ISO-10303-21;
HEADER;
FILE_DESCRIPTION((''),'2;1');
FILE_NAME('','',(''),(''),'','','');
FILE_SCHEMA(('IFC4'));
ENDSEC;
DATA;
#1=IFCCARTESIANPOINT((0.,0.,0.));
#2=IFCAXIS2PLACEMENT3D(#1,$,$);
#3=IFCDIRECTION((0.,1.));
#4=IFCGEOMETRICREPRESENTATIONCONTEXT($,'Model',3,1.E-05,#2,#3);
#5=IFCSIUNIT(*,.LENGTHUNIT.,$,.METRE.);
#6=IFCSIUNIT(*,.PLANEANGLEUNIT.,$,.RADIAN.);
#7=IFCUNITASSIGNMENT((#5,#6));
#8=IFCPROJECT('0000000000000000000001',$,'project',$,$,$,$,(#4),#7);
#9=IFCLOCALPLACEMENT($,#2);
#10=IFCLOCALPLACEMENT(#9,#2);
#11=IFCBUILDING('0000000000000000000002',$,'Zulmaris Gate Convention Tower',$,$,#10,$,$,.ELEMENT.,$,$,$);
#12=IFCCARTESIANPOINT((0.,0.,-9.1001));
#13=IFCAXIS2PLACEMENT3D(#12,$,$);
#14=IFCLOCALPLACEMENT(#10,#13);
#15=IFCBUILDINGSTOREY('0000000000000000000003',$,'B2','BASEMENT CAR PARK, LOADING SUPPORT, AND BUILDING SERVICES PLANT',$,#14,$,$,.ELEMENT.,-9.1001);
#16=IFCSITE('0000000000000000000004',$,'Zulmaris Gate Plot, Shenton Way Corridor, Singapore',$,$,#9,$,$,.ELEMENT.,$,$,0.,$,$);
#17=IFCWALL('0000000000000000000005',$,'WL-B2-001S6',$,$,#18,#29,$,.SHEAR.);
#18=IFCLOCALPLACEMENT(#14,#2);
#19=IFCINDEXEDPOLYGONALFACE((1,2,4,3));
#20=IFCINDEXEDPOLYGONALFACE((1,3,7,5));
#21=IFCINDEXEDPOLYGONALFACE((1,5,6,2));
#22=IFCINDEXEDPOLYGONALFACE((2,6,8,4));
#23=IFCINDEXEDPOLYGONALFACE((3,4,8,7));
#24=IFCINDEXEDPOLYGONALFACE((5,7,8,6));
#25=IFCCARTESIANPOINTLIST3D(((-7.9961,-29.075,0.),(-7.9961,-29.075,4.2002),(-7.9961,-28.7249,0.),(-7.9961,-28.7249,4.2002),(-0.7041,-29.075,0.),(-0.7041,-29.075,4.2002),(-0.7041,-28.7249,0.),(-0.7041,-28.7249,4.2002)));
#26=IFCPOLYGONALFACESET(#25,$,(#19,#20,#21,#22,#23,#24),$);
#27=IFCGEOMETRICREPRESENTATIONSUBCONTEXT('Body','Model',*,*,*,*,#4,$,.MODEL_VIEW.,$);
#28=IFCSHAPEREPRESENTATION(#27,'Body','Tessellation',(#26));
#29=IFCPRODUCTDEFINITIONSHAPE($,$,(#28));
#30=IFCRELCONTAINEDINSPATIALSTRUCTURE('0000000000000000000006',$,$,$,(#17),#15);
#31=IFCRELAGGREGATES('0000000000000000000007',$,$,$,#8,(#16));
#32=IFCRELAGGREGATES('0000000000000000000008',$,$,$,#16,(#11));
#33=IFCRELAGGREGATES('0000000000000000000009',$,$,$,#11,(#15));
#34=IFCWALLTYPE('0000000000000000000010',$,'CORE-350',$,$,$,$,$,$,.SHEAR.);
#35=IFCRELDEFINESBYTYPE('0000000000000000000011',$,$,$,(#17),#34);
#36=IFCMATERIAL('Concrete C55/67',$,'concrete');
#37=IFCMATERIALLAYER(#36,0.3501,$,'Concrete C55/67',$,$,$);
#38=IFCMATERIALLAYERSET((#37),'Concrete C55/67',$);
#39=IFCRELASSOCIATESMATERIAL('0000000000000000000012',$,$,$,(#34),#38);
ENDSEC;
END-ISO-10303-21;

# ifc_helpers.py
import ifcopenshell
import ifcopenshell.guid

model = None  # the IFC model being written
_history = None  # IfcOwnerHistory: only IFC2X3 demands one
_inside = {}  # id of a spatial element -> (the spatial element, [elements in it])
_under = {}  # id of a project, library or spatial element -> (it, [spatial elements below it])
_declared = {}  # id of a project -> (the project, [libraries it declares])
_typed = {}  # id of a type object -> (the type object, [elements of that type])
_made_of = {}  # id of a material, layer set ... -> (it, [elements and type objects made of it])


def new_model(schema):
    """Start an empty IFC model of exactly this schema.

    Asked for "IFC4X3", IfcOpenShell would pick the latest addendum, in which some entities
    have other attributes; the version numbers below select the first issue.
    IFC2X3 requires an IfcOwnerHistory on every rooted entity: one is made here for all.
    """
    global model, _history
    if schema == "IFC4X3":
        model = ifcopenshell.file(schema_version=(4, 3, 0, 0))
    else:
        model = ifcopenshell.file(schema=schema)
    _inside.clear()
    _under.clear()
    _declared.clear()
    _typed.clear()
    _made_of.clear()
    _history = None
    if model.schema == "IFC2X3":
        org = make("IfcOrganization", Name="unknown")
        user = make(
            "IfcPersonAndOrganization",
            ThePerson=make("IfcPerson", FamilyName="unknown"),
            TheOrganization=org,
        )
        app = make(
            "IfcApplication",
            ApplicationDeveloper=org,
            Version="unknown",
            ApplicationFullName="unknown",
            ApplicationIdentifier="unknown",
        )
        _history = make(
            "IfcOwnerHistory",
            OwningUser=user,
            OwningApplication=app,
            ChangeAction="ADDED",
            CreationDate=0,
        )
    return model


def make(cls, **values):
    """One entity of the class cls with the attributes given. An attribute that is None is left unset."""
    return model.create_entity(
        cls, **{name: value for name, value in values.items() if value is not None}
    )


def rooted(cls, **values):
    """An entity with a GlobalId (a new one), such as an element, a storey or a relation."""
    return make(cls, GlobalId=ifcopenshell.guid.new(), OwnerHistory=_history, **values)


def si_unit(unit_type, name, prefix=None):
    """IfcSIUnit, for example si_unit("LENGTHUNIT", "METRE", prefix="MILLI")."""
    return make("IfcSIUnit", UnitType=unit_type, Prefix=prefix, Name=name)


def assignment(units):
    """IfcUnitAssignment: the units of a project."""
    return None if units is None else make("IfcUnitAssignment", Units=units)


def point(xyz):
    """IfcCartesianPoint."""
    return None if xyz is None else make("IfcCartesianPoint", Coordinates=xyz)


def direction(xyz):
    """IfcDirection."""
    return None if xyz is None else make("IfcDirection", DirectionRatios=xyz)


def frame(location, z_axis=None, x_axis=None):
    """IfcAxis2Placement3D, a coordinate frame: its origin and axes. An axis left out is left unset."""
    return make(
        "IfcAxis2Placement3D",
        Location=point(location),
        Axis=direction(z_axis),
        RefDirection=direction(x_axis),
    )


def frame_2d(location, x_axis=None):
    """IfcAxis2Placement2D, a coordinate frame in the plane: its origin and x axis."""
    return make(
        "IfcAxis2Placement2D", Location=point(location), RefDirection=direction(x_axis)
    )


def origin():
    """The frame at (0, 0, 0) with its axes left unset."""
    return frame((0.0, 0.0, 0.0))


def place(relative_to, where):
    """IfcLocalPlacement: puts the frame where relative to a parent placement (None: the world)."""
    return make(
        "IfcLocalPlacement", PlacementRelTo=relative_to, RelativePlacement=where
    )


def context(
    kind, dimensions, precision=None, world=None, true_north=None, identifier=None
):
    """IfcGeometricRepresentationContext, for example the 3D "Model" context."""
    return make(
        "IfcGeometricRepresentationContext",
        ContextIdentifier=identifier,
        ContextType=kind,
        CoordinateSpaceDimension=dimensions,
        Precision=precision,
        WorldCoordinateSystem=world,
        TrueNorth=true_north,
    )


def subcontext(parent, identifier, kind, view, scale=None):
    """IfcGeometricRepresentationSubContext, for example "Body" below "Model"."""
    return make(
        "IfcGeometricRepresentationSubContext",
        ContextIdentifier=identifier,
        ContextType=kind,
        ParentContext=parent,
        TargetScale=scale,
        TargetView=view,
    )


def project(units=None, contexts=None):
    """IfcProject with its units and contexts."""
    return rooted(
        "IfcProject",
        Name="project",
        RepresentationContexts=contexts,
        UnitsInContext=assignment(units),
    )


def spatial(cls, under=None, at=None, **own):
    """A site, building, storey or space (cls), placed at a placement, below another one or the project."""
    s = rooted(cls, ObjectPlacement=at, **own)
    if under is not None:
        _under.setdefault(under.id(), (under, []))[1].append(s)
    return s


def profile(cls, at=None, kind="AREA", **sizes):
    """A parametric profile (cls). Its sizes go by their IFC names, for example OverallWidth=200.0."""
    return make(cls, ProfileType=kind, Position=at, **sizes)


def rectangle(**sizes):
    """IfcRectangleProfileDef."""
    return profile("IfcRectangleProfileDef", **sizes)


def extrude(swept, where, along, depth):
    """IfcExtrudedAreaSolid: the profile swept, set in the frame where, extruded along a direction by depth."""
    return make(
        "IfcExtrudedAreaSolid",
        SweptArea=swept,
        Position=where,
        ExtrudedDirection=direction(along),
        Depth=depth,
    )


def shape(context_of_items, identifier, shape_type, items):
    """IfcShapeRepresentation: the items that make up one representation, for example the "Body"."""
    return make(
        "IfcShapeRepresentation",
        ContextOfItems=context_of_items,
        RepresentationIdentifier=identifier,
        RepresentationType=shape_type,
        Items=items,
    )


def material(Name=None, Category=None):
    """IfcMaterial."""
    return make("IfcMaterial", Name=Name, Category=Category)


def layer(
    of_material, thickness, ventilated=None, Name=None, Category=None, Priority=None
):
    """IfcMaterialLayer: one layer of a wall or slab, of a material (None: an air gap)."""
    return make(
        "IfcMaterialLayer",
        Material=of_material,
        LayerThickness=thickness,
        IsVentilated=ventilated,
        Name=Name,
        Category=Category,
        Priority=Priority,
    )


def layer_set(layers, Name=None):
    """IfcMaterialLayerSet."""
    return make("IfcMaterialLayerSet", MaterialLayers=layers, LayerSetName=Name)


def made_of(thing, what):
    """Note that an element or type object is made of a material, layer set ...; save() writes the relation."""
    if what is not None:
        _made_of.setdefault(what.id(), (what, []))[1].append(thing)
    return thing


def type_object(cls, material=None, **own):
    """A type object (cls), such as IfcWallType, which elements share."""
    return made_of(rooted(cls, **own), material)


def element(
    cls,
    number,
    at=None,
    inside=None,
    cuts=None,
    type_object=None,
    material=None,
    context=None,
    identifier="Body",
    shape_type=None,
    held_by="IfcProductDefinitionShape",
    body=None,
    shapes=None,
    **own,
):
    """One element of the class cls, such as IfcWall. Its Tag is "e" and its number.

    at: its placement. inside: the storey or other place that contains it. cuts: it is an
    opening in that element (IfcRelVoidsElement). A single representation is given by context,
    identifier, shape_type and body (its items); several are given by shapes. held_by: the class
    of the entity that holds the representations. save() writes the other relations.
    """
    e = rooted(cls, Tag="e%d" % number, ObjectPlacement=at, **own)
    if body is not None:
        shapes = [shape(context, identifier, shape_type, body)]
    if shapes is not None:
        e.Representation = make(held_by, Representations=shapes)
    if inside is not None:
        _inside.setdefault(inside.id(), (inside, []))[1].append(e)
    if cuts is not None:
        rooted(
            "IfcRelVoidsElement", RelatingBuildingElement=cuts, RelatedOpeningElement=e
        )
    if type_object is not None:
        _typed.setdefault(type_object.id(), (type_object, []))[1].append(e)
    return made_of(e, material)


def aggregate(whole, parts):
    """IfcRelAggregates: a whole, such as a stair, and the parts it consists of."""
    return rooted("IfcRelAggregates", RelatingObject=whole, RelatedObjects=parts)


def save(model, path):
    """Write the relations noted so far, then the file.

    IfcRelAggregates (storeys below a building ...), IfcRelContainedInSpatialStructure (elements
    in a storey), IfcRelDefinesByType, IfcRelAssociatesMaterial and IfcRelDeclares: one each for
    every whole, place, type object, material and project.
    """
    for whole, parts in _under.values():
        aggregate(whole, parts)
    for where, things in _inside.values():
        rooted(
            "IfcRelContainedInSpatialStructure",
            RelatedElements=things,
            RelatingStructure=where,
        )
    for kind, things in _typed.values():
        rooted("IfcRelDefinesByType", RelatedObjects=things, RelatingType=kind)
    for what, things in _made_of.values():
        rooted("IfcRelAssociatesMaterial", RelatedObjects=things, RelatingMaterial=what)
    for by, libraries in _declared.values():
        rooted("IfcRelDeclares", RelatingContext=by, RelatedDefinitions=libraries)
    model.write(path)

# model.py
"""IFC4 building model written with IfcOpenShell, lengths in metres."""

from ifc_helpers import new_model, si_unit, direction, frame, frame_2d, origin, place, context, subcontext, project, spatial, rectangle, extrude, material, layer, layer_set, type_object, element, save


model = new_model("IFC4")

# Units and contexts
model_context = context("Model", 3, precision=1e-05, world=origin(), true_north=direction((0.0, 1.0)))
body_context = subcontext(model_context, "Body", "Model", "MODEL_VIEW")
ifc_project = project(units=[si_unit("LENGTHUNIT", "METRE"), si_unit("PLANEANGLEUNIT", "RADIAN")], contexts=[model_context])

# Site, building, storey
site_placement = place(None, origin())
site = spatial("IfcSite", under=ifc_project, at=site_placement, Name="Zulmaris Gate Plot, Shenton Way Corridor, Singapore", CompositionType="ELEMENT", RefElevation=0.0)
building_placement = place(site_placement, origin())
building = spatial("IfcBuilding", under=site, at=building_placement, Name="Zulmaris Gate Convention Tower", CompositionType="ELEMENT")
storey_placement = place(building_placement, frame((0.0, 0.0, -9.1001)))
storey = spatial("IfcBuildingStorey", under=building, at=storey_placement, Name="B2", Description="BASEMENT CAR PARK, LOADING SUPPORT, AND BUILDING SERVICES PLANT", CompositionType="ELEMENT", Elevation=-9.1001)

# Wall
ifc_material_1 = material(Name="Concrete C55/67", Category="concrete")
ifc_layer_1 = layer(ifc_material_1, 0.3501, Name="Concrete C55/67")
ifc_layer_set_1 = layer_set([ifc_layer_1], Name="Concrete C55/67")
wall_type_1 = type_object("IfcWallType", Name="CORE-350", PredefinedType="SHEAR", material=ifc_layer_set_1)
wall_1_placement = place(storey_placement, frame((-7.9961, -28.8999, 0.0), z_axis=(0.0, 0.0, 1.0), x_axis=(1.0, 0.0, 0.0)))
element("IfcWall", 1, at=wall_1_placement, inside=storey, type_object=wall_type_1, Name="WL-B2-001S6", PredefinedType="SHEAR", context=body_context, shape_type="SweptSolid", body=[
    extrude(rectangle(XDim=7.292, YDim=0.3501, at=frame_2d((3.646, 0.0))), origin(), (0.0, 0.0, 1.0), 4.2002),
])

save(model, "model.ifc")
